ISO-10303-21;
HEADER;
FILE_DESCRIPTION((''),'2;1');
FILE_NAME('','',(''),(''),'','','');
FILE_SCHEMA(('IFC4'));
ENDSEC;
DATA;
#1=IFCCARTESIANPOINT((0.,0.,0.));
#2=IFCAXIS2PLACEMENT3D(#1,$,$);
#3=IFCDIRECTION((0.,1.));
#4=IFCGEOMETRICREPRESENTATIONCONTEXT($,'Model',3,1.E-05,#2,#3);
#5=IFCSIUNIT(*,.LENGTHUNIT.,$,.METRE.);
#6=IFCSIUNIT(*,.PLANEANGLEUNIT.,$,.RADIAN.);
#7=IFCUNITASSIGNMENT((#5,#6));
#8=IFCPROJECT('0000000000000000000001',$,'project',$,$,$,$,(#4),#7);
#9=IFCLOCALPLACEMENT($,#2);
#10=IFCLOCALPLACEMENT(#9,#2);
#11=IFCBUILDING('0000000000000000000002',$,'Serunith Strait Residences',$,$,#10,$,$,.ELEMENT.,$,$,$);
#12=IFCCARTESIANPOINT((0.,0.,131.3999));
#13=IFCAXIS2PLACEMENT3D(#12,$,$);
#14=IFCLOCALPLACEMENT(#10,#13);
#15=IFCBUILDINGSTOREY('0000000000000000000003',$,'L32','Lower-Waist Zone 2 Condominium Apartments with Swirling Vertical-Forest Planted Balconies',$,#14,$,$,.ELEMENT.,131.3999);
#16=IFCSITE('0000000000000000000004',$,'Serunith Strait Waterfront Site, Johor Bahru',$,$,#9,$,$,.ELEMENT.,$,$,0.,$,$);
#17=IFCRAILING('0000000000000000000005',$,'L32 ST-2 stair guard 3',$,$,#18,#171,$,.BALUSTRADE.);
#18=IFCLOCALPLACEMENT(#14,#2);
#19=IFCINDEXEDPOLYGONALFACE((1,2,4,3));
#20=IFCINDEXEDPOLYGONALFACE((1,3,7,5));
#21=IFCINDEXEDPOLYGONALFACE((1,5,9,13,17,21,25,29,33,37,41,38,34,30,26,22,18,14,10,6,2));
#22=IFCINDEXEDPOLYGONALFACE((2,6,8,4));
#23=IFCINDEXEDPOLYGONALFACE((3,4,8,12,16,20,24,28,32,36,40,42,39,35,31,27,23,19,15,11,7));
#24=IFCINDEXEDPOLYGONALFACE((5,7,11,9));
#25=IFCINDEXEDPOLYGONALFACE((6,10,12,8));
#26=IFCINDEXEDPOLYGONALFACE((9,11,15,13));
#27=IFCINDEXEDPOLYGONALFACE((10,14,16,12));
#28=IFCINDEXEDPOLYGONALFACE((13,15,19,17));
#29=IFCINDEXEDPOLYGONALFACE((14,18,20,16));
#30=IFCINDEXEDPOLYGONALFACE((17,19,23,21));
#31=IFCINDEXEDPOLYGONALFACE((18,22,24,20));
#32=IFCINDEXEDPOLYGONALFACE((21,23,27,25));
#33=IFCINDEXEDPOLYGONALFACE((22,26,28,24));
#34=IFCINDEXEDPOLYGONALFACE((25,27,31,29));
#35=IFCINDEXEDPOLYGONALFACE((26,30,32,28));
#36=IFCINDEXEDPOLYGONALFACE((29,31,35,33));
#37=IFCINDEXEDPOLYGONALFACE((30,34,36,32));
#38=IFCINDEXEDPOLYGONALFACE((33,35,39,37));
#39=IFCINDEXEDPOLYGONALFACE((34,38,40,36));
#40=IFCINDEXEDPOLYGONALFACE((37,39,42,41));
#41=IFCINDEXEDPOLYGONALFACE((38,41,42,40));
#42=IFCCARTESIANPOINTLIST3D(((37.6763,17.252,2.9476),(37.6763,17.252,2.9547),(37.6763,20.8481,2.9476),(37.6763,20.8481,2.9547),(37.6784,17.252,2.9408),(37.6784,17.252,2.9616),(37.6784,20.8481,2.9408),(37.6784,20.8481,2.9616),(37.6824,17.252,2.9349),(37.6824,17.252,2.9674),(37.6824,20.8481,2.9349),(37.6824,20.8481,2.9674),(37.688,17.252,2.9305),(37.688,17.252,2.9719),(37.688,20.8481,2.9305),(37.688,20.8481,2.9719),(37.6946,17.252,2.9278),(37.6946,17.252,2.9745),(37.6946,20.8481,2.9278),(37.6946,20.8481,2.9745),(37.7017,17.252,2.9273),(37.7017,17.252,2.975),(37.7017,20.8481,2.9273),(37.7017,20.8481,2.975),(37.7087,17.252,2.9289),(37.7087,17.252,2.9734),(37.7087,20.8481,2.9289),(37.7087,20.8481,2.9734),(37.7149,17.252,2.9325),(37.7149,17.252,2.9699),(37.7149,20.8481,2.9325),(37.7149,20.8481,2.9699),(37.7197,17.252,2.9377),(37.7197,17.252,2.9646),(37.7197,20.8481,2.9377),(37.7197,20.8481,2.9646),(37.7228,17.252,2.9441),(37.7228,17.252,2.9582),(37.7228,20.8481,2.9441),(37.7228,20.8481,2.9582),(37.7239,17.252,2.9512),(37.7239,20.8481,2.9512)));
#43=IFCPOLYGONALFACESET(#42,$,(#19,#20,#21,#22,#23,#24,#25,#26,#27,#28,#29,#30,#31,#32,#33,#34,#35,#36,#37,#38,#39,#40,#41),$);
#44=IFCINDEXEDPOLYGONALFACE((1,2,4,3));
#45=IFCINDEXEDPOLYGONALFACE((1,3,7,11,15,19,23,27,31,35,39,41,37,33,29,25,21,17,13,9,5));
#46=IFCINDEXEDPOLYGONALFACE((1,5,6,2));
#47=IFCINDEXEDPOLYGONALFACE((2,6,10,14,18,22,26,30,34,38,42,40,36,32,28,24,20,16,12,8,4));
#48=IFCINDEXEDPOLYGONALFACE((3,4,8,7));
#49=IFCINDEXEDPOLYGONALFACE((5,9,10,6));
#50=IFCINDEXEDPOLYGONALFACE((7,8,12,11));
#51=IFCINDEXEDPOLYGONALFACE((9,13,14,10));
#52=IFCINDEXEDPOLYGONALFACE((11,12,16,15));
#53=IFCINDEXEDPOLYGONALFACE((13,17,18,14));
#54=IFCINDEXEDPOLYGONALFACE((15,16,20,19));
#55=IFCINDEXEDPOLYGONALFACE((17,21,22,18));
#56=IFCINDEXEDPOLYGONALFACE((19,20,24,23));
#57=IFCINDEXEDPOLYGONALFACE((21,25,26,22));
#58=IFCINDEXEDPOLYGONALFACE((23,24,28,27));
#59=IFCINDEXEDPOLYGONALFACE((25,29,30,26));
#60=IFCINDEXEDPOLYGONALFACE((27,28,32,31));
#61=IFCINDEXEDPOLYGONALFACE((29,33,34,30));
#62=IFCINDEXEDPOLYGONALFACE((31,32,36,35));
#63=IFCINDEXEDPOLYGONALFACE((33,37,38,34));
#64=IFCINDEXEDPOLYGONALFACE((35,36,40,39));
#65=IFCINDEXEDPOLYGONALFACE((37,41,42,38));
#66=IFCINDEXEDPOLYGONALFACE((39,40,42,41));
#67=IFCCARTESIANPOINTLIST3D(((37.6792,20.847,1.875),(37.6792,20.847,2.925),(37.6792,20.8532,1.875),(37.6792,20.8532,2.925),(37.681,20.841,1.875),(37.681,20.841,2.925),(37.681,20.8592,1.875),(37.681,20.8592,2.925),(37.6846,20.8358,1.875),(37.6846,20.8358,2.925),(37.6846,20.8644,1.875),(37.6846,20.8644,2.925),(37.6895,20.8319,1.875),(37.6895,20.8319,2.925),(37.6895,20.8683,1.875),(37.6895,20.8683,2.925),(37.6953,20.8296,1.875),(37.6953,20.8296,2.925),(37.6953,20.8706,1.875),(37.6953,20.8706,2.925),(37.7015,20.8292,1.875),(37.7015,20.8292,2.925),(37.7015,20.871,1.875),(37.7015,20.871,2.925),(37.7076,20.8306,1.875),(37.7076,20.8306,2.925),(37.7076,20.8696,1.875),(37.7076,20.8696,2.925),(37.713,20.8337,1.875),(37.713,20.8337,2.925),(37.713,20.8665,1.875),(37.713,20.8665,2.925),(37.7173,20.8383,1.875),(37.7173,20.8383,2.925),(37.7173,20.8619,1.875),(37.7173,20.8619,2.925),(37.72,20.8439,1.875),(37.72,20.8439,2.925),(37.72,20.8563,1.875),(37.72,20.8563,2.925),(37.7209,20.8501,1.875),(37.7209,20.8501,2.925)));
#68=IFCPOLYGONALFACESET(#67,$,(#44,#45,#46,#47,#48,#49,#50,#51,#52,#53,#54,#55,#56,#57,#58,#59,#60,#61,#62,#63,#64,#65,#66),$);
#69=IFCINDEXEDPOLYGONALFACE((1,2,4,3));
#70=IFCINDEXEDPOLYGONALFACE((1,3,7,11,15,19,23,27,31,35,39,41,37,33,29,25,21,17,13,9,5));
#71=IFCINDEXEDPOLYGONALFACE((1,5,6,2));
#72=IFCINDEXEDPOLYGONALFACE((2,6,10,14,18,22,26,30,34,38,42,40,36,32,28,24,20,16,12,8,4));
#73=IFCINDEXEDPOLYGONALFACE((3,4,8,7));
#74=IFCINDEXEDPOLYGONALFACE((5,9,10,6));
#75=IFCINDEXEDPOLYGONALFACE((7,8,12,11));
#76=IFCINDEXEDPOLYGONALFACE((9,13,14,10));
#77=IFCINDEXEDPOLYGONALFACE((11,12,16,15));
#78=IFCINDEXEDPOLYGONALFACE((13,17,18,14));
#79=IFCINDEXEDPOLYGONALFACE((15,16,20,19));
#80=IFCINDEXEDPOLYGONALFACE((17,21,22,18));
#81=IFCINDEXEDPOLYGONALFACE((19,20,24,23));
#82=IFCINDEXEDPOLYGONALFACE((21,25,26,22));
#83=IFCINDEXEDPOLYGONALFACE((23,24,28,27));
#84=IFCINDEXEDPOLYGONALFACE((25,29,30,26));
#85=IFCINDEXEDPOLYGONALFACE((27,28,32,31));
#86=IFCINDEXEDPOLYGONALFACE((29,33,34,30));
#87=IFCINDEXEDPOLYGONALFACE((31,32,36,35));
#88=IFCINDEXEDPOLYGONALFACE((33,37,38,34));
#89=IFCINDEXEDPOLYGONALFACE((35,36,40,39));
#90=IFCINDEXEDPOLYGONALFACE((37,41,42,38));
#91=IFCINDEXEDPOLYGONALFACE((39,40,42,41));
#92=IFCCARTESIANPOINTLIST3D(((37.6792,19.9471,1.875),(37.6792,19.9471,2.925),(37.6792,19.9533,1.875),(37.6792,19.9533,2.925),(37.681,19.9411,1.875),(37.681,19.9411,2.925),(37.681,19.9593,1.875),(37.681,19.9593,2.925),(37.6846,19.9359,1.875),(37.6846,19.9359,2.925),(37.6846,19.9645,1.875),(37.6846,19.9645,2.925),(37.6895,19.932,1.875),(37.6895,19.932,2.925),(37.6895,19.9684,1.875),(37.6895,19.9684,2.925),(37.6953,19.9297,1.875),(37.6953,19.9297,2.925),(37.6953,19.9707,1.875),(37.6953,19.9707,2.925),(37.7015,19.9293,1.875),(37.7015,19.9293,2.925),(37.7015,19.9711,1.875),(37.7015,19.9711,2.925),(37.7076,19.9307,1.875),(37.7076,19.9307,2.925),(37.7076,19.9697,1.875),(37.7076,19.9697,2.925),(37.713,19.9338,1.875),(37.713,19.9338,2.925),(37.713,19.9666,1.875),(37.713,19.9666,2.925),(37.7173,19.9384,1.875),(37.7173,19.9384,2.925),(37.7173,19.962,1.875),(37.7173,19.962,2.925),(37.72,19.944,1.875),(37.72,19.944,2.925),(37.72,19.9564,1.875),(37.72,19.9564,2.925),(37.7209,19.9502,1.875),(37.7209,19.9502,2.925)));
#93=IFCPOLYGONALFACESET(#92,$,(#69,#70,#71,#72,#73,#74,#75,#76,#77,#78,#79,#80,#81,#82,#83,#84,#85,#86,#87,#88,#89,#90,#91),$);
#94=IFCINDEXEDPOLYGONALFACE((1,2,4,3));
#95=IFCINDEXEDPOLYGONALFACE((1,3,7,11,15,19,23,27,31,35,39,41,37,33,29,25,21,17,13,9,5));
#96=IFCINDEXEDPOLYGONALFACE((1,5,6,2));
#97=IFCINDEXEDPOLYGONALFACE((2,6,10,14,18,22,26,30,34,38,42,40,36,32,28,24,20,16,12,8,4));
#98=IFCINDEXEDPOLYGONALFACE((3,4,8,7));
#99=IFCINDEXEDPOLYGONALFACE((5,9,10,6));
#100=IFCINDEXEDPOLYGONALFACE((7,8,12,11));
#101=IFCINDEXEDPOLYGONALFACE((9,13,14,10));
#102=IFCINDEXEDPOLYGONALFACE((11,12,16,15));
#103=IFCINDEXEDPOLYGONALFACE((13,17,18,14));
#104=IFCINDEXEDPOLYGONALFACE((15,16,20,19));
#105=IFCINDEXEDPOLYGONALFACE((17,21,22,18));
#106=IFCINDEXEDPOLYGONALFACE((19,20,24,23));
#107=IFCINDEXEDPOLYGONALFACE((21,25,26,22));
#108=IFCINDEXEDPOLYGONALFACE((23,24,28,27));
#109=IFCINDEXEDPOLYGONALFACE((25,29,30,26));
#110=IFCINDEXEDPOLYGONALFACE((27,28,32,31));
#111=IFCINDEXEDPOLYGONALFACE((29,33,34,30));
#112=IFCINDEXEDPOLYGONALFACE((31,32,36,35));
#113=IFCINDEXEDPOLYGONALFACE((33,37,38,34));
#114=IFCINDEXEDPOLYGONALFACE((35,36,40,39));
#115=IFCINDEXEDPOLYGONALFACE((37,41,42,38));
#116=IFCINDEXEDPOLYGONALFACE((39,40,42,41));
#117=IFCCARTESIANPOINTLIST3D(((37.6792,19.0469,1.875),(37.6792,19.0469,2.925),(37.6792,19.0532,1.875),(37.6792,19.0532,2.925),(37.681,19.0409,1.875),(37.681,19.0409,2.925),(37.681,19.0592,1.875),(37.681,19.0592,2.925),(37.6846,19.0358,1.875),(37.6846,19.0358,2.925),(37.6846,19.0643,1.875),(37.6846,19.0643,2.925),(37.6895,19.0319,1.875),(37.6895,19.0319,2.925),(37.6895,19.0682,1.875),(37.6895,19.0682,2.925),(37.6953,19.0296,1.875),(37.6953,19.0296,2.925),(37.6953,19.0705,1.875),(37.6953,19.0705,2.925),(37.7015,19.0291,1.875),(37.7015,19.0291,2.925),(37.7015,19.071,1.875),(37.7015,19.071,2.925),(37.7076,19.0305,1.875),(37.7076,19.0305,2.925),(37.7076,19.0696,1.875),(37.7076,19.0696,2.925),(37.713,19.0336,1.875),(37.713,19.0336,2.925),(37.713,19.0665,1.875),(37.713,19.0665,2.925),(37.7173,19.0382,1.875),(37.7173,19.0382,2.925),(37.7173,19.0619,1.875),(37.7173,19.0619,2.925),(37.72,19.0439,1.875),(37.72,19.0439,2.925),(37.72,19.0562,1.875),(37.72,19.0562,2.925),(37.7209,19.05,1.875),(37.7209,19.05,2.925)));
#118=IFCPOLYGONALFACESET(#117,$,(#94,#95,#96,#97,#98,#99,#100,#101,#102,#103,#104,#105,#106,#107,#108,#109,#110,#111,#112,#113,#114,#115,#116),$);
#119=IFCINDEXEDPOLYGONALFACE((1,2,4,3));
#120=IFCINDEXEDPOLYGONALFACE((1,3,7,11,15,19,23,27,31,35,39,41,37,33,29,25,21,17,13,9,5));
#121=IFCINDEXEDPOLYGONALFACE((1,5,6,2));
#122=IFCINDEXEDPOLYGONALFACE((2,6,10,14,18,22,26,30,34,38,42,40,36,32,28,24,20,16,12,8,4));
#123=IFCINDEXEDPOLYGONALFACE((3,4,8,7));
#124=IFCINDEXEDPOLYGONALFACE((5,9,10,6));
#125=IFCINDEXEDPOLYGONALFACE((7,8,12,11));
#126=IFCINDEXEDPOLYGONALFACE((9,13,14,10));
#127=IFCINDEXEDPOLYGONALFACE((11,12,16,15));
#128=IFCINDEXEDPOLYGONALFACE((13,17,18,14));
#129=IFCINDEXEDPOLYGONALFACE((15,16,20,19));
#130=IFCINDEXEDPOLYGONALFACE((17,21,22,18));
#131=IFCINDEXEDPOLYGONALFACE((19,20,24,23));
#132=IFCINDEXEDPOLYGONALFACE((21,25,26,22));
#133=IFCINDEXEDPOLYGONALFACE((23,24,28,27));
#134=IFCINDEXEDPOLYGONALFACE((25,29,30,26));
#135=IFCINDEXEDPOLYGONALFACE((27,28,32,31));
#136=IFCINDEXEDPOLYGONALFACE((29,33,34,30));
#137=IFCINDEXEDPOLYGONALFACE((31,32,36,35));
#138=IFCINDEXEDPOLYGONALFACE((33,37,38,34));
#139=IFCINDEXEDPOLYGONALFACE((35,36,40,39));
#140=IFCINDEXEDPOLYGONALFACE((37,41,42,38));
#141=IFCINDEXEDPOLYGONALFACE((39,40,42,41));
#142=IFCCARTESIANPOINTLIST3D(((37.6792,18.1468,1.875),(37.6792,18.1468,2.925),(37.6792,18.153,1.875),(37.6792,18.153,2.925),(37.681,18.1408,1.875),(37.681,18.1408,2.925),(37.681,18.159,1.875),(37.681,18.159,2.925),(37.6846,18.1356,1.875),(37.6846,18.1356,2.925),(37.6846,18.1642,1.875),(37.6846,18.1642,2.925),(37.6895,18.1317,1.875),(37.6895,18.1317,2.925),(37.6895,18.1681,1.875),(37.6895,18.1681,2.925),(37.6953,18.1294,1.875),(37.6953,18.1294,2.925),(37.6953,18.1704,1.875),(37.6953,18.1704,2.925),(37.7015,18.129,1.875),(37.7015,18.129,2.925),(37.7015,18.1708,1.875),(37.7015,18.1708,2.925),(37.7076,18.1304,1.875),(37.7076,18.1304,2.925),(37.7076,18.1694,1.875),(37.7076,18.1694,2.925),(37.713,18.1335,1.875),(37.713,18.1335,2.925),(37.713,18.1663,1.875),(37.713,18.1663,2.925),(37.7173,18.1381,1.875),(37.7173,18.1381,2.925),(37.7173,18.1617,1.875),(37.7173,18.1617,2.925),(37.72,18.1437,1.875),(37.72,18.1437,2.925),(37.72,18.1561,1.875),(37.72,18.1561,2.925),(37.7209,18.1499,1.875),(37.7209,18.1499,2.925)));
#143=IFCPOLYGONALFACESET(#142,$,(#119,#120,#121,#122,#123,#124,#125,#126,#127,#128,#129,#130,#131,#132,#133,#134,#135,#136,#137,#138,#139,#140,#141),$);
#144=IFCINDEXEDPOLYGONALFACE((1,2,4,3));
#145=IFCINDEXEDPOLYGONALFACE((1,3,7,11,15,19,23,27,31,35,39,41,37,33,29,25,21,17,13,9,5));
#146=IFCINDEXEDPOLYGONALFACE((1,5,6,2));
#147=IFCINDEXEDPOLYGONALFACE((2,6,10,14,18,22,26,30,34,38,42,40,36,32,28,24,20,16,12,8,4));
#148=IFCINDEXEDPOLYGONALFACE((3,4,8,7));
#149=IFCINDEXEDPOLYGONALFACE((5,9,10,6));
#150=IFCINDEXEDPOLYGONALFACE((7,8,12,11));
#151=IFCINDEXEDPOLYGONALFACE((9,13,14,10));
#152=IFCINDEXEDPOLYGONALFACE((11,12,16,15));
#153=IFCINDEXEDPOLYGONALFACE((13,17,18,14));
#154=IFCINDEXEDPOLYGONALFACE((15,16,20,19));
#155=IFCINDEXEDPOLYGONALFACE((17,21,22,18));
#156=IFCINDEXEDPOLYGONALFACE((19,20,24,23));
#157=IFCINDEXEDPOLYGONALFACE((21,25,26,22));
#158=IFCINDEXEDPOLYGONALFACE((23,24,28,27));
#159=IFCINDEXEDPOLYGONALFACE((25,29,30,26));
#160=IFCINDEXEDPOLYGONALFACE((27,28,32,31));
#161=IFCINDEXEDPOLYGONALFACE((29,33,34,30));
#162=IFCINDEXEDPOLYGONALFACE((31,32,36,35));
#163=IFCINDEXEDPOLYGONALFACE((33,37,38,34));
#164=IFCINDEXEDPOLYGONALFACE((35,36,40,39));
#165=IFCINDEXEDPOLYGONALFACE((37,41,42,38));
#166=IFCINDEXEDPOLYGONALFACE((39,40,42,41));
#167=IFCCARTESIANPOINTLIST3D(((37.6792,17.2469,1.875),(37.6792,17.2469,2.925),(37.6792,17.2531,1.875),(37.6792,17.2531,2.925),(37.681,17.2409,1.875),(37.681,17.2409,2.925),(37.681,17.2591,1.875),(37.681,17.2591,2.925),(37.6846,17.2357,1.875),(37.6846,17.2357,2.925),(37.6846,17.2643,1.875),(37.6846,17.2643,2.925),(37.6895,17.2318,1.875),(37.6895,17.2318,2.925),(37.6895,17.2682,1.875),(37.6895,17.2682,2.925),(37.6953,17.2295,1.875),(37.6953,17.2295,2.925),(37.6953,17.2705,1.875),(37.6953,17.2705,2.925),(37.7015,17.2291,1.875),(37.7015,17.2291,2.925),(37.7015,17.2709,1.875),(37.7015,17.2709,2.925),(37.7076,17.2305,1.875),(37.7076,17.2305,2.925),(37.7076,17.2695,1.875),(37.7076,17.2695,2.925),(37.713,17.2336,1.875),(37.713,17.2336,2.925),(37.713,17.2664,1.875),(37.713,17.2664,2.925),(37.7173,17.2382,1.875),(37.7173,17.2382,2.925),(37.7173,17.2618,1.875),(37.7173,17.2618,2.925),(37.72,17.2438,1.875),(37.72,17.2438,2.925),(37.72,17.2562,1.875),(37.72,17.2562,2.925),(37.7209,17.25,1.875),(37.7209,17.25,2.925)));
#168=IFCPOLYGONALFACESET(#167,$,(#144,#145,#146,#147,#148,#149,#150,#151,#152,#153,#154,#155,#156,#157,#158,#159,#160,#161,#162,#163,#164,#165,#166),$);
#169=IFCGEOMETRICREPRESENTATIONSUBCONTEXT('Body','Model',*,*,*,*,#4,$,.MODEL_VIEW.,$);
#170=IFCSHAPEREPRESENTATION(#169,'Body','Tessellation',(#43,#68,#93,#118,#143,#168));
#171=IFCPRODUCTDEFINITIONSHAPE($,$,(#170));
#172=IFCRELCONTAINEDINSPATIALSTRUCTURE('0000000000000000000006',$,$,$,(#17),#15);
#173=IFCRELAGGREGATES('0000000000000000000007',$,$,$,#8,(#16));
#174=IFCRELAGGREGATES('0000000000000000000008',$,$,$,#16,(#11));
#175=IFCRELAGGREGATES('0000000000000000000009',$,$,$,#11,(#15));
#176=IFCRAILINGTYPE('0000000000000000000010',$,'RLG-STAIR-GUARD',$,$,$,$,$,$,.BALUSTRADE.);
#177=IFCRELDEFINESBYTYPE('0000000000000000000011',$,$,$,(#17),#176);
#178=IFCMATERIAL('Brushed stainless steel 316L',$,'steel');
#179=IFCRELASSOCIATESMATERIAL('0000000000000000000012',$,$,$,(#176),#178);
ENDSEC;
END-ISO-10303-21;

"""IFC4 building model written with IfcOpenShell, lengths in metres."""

from ifc_helpers import new_model, si_unit, direction, frame, origin, origin_2d, place, context, subcontext, project, spatial, circle, extrude, material, type_object, element, save


model = new_model("IFC4")

# Units and contexts
model_context = context("Model", 3, precision=1e-05, world=origin(), true_north=direction((0.0, 1.0)))
body_context = subcontext(model_context, "Body", "Model", "MODEL_VIEW")
ifc_project = project(units=[si_unit("LENGTHUNIT", "METRE"), si_unit("PLANEANGLEUNIT", "RADIAN")], contexts=[model_context])

# Site, building, storey
site_placement = place(None, origin())
site = spatial("IfcSite", under=ifc_project, at=site_placement, Name="Serunith Strait Waterfront Site, Johor Bahru", CompositionType="ELEMENT", RefElevation=0.0)
building_placement = place(site_placement, origin())
building = spatial("IfcBuilding", under=site, at=building_placement, Name="Serunith Strait Residences", CompositionType="ELEMENT")
storey_placement = place(building_placement, frame((0.0, 0.0, 131.3999)))
storey = spatial("IfcBuildingStorey", under=building, at=storey_placement, Name="L32", Description="Lower-Waist Zone 2 Condominium Apartments with Swirling Vertical-Forest Planted Balconies", CompositionType="ELEMENT", Elevation=131.3999)

# Railing
ifc_material_1 = material(Name="Brushed stainless steel 316L", Category="steel")
railing_type_1 = type_object("IfcRailingType", Name="RLG-STAIR-GUARD", PredefinedType="BALUSTRADE", material=ifc_material_1)
for number, where, name in (
    (1, (37.7, 20.8501, 1.875), "L32 ST-2 stair guard 3"),
):
    element("IfcRailing", number, at=place(storey_placement, frame(where)), inside=storey, type_object=railing_type_1, Name=name, PredefinedType="BALUSTRADE", context=body_context, shape_type="SweptSolid", body=[
        extrude(circle(Radius=0.0239, at=origin_2d()), frame((0.0, -0.002, 1.0762), z_axis=(0.0, -1.0, 0.0), x_axis=(1.0, 0.0, 0.0)), (0.0, 0.0, 1.0), 3.5962),
        extrude(circle(Radius=0.021, at=origin_2d()), origin(), (0.0, 0.0, 1.0), 1.05),
        extrude(circle(Radius=0.021, at=origin_2d()), frame((0.0, -0.8999, 0.0)), (0.0, 0.0, 1.0), 1.05),
        extrude(circle(Radius=0.021, at=origin_2d()), frame((0.0, -1.8, 0.0)), (0.0, 0.0, 1.0), 1.05),
        extrude(circle(Radius=0.021, at=origin_2d()), frame((0.0, -2.7002, 0.0)), (0.0, 0.0, 1.0), 1.05),
        extrude(circle(Radius=0.021, at=origin_2d()), frame((0.0, -3.6001, 0.0)), (0.0, 0.0, 1.0), 1.05),
    ])

save(model, "model.ifc")
